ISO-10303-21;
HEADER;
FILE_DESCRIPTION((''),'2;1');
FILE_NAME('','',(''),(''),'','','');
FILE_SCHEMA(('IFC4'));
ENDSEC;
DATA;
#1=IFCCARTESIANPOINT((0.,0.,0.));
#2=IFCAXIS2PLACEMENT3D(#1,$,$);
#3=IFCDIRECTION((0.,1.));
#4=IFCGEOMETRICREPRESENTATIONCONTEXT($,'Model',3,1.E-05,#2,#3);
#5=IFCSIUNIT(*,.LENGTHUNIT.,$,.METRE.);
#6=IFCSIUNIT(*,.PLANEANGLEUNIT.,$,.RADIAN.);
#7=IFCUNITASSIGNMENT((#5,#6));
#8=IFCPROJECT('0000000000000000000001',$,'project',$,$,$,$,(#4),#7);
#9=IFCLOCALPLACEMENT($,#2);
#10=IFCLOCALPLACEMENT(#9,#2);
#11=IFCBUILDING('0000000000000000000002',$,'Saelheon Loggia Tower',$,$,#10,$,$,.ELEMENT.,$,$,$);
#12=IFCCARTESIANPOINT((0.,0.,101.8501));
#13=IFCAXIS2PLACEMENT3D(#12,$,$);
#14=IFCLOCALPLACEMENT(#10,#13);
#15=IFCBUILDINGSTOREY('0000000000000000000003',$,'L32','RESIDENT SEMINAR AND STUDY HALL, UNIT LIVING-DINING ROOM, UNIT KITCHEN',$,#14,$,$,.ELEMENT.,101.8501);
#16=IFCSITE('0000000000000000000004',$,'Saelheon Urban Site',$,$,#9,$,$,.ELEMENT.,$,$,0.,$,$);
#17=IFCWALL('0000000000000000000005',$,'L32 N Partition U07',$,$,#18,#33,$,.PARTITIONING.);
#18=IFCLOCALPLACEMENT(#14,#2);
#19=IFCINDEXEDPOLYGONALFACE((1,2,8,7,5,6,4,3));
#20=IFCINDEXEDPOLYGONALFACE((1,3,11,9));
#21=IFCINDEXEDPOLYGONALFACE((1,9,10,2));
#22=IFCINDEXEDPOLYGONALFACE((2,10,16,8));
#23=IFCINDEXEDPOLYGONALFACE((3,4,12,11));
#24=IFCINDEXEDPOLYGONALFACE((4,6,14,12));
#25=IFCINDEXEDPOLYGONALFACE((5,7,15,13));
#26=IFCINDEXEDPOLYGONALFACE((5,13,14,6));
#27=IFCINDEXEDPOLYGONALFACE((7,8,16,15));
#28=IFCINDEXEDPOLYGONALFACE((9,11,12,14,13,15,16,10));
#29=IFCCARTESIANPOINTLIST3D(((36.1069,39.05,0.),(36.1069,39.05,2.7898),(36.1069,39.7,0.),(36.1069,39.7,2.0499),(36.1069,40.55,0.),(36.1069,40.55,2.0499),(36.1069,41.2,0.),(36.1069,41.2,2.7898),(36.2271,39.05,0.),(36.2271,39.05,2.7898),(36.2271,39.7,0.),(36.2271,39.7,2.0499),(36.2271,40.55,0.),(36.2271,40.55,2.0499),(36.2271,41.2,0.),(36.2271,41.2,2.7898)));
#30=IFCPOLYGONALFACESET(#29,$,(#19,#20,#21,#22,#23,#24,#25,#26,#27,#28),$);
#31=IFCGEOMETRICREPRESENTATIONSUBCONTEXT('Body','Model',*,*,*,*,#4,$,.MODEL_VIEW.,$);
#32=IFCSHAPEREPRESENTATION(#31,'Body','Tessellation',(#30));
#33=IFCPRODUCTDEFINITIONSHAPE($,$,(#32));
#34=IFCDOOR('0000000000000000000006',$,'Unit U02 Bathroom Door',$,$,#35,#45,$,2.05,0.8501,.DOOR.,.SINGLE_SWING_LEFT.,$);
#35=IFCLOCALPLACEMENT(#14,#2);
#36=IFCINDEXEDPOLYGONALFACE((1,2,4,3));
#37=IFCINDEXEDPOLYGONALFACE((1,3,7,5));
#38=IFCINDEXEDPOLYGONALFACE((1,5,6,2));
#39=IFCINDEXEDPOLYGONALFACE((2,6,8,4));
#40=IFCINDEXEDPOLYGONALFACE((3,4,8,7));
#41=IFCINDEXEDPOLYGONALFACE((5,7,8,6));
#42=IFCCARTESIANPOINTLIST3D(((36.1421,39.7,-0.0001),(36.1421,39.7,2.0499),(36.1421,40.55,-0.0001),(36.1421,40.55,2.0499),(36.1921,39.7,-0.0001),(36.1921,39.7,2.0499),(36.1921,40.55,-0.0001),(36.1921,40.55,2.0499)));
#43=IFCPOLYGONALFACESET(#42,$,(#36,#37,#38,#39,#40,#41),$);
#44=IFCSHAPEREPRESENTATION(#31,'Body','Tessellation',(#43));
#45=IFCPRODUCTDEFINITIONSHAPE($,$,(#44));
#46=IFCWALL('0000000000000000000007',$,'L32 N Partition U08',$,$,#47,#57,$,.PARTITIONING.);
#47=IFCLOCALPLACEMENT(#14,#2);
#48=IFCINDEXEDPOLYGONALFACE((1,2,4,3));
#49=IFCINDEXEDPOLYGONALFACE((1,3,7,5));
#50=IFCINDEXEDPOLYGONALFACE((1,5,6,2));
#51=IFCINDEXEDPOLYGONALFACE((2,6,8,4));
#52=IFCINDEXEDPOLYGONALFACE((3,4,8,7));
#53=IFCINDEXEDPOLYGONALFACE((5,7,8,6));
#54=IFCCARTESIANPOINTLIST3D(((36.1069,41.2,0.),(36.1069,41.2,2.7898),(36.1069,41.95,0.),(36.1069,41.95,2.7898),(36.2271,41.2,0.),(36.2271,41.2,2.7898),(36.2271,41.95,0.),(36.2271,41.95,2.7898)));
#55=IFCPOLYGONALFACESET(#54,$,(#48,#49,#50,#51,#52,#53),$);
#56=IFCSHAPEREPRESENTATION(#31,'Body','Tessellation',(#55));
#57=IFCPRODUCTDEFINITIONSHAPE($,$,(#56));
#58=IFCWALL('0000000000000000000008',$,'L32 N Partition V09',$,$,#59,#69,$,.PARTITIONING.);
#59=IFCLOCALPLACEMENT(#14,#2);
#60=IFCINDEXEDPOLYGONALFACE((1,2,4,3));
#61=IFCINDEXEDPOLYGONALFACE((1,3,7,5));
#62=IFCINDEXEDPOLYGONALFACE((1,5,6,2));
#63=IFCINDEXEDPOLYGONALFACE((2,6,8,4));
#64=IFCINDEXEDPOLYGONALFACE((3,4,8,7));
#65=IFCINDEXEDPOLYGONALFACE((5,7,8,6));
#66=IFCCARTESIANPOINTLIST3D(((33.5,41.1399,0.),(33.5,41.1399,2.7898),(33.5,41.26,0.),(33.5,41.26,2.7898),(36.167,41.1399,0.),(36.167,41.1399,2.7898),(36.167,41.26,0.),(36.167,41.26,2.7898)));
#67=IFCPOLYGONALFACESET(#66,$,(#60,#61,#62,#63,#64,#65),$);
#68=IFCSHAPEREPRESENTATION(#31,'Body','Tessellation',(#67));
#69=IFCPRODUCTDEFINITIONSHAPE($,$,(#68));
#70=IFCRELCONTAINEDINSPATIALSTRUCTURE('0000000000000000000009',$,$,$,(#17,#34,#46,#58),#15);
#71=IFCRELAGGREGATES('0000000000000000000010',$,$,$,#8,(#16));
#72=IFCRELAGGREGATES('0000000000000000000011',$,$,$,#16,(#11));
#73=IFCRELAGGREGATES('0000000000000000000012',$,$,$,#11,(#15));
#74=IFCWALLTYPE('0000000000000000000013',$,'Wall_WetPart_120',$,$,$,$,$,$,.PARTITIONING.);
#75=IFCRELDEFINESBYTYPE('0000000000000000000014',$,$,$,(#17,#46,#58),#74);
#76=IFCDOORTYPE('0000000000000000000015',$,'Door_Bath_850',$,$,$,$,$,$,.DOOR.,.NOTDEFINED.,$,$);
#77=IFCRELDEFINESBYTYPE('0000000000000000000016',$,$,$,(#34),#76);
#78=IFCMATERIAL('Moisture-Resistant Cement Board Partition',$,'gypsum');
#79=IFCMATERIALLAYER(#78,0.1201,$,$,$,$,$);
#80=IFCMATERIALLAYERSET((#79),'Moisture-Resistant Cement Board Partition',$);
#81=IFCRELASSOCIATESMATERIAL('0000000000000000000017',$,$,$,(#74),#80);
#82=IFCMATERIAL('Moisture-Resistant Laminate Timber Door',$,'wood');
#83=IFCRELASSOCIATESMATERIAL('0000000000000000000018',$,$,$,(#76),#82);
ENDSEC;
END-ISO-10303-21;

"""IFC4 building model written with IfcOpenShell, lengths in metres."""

from ifc_helpers import new_model, si_unit, direction, frame, frame_2d, origin, place, context, subcontext, project, spatial, rectangle, extrude, source, transform, mapped, material, layer, layer_set, type_object, element, fill, save


model = new_model("IFC4")

# Units and contexts
model_context = context("Model", 3, precision=1e-05, world=origin(), true_north=direction((0.0, 1.0)))
body_context = subcontext(model_context, "Body", "Model", "MODEL_VIEW")
ifc_project = project(units=[si_unit("LENGTHUNIT", "METRE"), si_unit("PLANEANGLEUNIT", "RADIAN")], contexts=[model_context])

# Site, building, storey
site_placement = place(None, origin())
site = spatial("IfcSite", under=ifc_project, at=site_placement, Name="Saelheon Urban Site", CompositionType="ELEMENT", RefElevation=0.0)
building_placement = place(site_placement, origin())
building = spatial("IfcBuilding", under=site, at=building_placement, Name="Saelheon Loggia Tower", CompositionType="ELEMENT")
storey_placement = place(building_placement, frame((0.0, 0.0, 101.8501)))
storey = spatial("IfcBuildingStorey", under=building, at=storey_placement, Name="L32", Description="RESIDENT SEMINAR AND STUDY HALL, UNIT LIVING-DINING ROOM, UNIT KITCHEN", CompositionType="ELEMENT", Elevation=101.8501)

# Wall, opening, door
ifc_material_1 = material(Name="Moisture-Resistant Cement Board Partition", Category="gypsum")
ifc_layer_1 = layer(ifc_material_1, 0.1201)
ifc_layer_set_1 = layer_set([ifc_layer_1], Name="Moisture-Resistant Cement Board Partition")
wall_type_1 = type_object("IfcWallType", Name="Wall_WetPart_120", PredefinedType="PARTITIONING", material=ifc_layer_set_1)
wall_1_placement = place(storey_placement, frame((36.167, 39.05, 0.0), z_axis=(0.0, 0.0, 1.0), x_axis=(0.0, 1.0, 0.0)))
wall_1 = element("IfcWall", 1, at=wall_1_placement, inside=storey, type_object=wall_type_1, Name="L32 N Partition U07", PredefinedType="PARTITIONING", context=body_context, shape_type="SweptSolid", body=[
    extrude(rectangle(XDim=2.1499, YDim=0.1201, at=frame_2d((1.075, 0.0))), origin(), (0.0, 0.0, 1.0), 2.7898),
])
opening_1_placement = place(wall_1_placement, frame((0.6499, 0.0, 0.0)))
opening_1 = element("IfcOpeningElement", 2, at=opening_1_placement, cuts=wall_1, PredefinedType="OPENING", context=body_context, shape_type="SweptSolid", body=[
    extrude(rectangle(XDim=0.8501, YDim=2.05, at=frame_2d((0.425, 1.0249))), frame((0.0, 0.072, 0.0), z_axis=(0.0, -1.0, 0.0), x_axis=(1.0, 0.0, 0.0)), (0.0, 0.0, 1.0), 0.144),
])
ifc_material_2 = material(Name="Moisture-Resistant Laminate Timber Door", Category="wood")
door_type_1 = type_object("IfcDoorType", Name="Door_Bath_850", OperationType="NOTDEFINED", PredefinedType="DOOR", material=ifc_material_2)
shared_shape_1 = source(origin(), body_context, "Body", "SweptSolid", [
    extrude(rectangle(XDim=0.8501, YDim=2.05, at=frame_2d((0.425, 1.0249))), frame((0.0, 0.0249, 0.0), z_axis=(0.0, -1.0, 0.0), x_axis=(1.0, 0.0, 0.0)), (0.0, 0.0, 1.0), 0.05),
])
door_1_placement = place(opening_1_placement, origin())
door_1 = element("IfcDoor", 3, at=door_1_placement, inside=storey, type_object=door_type_1, Name="Unit U02 Bathroom Door", OperationType="SINGLE_SWING_LEFT", OverallHeight=2.05, OverallWidth=0.8501, PredefinedType="DOOR", context=body_context, shape_type="MappedRepresentation", body=[
    mapped(shared_shape_1, transform((0.0, 0.0, 0.0), scale=1.0)),
])
fill(opening_1, door_1)

# Walls
wall_2_placement = place(storey_placement, frame((36.167, 41.2, 0.0), z_axis=(0.0, 0.0, 1.0), x_axis=(0.0, 1.0, 0.0)))
element("IfcWall", 4, at=wall_2_placement, inside=storey, type_object=wall_type_1, Name="L32 N Partition U08", PredefinedType="PARTITIONING", context=body_context, shape_type="SweptSolid", body=[
    extrude(rectangle(XDim=0.75, YDim=0.1201, at=frame_2d((0.375, 0.0))), origin(), (0.0, 0.0, 1.0), 2.7898),
])
wall_3_placement = place(storey_placement, frame((33.5, 41.2, 0.0), z_axis=(0.0, 0.0, 1.0), x_axis=(1.0, 0.0, 0.0)))
element("IfcWall", 5, at=wall_3_placement, inside=storey, type_object=wall_type_1, Name="L32 N Partition V09", PredefinedType="PARTITIONING", context=body_context, shape_type="SweptSolid", body=[
    extrude(rectangle(XDim=2.667, YDim=0.1201, at=frame_2d((1.3335, 0.0))), origin(), (0.0, 0.0, 1.0), 2.7898),
])

save(model, "model.ifc")
